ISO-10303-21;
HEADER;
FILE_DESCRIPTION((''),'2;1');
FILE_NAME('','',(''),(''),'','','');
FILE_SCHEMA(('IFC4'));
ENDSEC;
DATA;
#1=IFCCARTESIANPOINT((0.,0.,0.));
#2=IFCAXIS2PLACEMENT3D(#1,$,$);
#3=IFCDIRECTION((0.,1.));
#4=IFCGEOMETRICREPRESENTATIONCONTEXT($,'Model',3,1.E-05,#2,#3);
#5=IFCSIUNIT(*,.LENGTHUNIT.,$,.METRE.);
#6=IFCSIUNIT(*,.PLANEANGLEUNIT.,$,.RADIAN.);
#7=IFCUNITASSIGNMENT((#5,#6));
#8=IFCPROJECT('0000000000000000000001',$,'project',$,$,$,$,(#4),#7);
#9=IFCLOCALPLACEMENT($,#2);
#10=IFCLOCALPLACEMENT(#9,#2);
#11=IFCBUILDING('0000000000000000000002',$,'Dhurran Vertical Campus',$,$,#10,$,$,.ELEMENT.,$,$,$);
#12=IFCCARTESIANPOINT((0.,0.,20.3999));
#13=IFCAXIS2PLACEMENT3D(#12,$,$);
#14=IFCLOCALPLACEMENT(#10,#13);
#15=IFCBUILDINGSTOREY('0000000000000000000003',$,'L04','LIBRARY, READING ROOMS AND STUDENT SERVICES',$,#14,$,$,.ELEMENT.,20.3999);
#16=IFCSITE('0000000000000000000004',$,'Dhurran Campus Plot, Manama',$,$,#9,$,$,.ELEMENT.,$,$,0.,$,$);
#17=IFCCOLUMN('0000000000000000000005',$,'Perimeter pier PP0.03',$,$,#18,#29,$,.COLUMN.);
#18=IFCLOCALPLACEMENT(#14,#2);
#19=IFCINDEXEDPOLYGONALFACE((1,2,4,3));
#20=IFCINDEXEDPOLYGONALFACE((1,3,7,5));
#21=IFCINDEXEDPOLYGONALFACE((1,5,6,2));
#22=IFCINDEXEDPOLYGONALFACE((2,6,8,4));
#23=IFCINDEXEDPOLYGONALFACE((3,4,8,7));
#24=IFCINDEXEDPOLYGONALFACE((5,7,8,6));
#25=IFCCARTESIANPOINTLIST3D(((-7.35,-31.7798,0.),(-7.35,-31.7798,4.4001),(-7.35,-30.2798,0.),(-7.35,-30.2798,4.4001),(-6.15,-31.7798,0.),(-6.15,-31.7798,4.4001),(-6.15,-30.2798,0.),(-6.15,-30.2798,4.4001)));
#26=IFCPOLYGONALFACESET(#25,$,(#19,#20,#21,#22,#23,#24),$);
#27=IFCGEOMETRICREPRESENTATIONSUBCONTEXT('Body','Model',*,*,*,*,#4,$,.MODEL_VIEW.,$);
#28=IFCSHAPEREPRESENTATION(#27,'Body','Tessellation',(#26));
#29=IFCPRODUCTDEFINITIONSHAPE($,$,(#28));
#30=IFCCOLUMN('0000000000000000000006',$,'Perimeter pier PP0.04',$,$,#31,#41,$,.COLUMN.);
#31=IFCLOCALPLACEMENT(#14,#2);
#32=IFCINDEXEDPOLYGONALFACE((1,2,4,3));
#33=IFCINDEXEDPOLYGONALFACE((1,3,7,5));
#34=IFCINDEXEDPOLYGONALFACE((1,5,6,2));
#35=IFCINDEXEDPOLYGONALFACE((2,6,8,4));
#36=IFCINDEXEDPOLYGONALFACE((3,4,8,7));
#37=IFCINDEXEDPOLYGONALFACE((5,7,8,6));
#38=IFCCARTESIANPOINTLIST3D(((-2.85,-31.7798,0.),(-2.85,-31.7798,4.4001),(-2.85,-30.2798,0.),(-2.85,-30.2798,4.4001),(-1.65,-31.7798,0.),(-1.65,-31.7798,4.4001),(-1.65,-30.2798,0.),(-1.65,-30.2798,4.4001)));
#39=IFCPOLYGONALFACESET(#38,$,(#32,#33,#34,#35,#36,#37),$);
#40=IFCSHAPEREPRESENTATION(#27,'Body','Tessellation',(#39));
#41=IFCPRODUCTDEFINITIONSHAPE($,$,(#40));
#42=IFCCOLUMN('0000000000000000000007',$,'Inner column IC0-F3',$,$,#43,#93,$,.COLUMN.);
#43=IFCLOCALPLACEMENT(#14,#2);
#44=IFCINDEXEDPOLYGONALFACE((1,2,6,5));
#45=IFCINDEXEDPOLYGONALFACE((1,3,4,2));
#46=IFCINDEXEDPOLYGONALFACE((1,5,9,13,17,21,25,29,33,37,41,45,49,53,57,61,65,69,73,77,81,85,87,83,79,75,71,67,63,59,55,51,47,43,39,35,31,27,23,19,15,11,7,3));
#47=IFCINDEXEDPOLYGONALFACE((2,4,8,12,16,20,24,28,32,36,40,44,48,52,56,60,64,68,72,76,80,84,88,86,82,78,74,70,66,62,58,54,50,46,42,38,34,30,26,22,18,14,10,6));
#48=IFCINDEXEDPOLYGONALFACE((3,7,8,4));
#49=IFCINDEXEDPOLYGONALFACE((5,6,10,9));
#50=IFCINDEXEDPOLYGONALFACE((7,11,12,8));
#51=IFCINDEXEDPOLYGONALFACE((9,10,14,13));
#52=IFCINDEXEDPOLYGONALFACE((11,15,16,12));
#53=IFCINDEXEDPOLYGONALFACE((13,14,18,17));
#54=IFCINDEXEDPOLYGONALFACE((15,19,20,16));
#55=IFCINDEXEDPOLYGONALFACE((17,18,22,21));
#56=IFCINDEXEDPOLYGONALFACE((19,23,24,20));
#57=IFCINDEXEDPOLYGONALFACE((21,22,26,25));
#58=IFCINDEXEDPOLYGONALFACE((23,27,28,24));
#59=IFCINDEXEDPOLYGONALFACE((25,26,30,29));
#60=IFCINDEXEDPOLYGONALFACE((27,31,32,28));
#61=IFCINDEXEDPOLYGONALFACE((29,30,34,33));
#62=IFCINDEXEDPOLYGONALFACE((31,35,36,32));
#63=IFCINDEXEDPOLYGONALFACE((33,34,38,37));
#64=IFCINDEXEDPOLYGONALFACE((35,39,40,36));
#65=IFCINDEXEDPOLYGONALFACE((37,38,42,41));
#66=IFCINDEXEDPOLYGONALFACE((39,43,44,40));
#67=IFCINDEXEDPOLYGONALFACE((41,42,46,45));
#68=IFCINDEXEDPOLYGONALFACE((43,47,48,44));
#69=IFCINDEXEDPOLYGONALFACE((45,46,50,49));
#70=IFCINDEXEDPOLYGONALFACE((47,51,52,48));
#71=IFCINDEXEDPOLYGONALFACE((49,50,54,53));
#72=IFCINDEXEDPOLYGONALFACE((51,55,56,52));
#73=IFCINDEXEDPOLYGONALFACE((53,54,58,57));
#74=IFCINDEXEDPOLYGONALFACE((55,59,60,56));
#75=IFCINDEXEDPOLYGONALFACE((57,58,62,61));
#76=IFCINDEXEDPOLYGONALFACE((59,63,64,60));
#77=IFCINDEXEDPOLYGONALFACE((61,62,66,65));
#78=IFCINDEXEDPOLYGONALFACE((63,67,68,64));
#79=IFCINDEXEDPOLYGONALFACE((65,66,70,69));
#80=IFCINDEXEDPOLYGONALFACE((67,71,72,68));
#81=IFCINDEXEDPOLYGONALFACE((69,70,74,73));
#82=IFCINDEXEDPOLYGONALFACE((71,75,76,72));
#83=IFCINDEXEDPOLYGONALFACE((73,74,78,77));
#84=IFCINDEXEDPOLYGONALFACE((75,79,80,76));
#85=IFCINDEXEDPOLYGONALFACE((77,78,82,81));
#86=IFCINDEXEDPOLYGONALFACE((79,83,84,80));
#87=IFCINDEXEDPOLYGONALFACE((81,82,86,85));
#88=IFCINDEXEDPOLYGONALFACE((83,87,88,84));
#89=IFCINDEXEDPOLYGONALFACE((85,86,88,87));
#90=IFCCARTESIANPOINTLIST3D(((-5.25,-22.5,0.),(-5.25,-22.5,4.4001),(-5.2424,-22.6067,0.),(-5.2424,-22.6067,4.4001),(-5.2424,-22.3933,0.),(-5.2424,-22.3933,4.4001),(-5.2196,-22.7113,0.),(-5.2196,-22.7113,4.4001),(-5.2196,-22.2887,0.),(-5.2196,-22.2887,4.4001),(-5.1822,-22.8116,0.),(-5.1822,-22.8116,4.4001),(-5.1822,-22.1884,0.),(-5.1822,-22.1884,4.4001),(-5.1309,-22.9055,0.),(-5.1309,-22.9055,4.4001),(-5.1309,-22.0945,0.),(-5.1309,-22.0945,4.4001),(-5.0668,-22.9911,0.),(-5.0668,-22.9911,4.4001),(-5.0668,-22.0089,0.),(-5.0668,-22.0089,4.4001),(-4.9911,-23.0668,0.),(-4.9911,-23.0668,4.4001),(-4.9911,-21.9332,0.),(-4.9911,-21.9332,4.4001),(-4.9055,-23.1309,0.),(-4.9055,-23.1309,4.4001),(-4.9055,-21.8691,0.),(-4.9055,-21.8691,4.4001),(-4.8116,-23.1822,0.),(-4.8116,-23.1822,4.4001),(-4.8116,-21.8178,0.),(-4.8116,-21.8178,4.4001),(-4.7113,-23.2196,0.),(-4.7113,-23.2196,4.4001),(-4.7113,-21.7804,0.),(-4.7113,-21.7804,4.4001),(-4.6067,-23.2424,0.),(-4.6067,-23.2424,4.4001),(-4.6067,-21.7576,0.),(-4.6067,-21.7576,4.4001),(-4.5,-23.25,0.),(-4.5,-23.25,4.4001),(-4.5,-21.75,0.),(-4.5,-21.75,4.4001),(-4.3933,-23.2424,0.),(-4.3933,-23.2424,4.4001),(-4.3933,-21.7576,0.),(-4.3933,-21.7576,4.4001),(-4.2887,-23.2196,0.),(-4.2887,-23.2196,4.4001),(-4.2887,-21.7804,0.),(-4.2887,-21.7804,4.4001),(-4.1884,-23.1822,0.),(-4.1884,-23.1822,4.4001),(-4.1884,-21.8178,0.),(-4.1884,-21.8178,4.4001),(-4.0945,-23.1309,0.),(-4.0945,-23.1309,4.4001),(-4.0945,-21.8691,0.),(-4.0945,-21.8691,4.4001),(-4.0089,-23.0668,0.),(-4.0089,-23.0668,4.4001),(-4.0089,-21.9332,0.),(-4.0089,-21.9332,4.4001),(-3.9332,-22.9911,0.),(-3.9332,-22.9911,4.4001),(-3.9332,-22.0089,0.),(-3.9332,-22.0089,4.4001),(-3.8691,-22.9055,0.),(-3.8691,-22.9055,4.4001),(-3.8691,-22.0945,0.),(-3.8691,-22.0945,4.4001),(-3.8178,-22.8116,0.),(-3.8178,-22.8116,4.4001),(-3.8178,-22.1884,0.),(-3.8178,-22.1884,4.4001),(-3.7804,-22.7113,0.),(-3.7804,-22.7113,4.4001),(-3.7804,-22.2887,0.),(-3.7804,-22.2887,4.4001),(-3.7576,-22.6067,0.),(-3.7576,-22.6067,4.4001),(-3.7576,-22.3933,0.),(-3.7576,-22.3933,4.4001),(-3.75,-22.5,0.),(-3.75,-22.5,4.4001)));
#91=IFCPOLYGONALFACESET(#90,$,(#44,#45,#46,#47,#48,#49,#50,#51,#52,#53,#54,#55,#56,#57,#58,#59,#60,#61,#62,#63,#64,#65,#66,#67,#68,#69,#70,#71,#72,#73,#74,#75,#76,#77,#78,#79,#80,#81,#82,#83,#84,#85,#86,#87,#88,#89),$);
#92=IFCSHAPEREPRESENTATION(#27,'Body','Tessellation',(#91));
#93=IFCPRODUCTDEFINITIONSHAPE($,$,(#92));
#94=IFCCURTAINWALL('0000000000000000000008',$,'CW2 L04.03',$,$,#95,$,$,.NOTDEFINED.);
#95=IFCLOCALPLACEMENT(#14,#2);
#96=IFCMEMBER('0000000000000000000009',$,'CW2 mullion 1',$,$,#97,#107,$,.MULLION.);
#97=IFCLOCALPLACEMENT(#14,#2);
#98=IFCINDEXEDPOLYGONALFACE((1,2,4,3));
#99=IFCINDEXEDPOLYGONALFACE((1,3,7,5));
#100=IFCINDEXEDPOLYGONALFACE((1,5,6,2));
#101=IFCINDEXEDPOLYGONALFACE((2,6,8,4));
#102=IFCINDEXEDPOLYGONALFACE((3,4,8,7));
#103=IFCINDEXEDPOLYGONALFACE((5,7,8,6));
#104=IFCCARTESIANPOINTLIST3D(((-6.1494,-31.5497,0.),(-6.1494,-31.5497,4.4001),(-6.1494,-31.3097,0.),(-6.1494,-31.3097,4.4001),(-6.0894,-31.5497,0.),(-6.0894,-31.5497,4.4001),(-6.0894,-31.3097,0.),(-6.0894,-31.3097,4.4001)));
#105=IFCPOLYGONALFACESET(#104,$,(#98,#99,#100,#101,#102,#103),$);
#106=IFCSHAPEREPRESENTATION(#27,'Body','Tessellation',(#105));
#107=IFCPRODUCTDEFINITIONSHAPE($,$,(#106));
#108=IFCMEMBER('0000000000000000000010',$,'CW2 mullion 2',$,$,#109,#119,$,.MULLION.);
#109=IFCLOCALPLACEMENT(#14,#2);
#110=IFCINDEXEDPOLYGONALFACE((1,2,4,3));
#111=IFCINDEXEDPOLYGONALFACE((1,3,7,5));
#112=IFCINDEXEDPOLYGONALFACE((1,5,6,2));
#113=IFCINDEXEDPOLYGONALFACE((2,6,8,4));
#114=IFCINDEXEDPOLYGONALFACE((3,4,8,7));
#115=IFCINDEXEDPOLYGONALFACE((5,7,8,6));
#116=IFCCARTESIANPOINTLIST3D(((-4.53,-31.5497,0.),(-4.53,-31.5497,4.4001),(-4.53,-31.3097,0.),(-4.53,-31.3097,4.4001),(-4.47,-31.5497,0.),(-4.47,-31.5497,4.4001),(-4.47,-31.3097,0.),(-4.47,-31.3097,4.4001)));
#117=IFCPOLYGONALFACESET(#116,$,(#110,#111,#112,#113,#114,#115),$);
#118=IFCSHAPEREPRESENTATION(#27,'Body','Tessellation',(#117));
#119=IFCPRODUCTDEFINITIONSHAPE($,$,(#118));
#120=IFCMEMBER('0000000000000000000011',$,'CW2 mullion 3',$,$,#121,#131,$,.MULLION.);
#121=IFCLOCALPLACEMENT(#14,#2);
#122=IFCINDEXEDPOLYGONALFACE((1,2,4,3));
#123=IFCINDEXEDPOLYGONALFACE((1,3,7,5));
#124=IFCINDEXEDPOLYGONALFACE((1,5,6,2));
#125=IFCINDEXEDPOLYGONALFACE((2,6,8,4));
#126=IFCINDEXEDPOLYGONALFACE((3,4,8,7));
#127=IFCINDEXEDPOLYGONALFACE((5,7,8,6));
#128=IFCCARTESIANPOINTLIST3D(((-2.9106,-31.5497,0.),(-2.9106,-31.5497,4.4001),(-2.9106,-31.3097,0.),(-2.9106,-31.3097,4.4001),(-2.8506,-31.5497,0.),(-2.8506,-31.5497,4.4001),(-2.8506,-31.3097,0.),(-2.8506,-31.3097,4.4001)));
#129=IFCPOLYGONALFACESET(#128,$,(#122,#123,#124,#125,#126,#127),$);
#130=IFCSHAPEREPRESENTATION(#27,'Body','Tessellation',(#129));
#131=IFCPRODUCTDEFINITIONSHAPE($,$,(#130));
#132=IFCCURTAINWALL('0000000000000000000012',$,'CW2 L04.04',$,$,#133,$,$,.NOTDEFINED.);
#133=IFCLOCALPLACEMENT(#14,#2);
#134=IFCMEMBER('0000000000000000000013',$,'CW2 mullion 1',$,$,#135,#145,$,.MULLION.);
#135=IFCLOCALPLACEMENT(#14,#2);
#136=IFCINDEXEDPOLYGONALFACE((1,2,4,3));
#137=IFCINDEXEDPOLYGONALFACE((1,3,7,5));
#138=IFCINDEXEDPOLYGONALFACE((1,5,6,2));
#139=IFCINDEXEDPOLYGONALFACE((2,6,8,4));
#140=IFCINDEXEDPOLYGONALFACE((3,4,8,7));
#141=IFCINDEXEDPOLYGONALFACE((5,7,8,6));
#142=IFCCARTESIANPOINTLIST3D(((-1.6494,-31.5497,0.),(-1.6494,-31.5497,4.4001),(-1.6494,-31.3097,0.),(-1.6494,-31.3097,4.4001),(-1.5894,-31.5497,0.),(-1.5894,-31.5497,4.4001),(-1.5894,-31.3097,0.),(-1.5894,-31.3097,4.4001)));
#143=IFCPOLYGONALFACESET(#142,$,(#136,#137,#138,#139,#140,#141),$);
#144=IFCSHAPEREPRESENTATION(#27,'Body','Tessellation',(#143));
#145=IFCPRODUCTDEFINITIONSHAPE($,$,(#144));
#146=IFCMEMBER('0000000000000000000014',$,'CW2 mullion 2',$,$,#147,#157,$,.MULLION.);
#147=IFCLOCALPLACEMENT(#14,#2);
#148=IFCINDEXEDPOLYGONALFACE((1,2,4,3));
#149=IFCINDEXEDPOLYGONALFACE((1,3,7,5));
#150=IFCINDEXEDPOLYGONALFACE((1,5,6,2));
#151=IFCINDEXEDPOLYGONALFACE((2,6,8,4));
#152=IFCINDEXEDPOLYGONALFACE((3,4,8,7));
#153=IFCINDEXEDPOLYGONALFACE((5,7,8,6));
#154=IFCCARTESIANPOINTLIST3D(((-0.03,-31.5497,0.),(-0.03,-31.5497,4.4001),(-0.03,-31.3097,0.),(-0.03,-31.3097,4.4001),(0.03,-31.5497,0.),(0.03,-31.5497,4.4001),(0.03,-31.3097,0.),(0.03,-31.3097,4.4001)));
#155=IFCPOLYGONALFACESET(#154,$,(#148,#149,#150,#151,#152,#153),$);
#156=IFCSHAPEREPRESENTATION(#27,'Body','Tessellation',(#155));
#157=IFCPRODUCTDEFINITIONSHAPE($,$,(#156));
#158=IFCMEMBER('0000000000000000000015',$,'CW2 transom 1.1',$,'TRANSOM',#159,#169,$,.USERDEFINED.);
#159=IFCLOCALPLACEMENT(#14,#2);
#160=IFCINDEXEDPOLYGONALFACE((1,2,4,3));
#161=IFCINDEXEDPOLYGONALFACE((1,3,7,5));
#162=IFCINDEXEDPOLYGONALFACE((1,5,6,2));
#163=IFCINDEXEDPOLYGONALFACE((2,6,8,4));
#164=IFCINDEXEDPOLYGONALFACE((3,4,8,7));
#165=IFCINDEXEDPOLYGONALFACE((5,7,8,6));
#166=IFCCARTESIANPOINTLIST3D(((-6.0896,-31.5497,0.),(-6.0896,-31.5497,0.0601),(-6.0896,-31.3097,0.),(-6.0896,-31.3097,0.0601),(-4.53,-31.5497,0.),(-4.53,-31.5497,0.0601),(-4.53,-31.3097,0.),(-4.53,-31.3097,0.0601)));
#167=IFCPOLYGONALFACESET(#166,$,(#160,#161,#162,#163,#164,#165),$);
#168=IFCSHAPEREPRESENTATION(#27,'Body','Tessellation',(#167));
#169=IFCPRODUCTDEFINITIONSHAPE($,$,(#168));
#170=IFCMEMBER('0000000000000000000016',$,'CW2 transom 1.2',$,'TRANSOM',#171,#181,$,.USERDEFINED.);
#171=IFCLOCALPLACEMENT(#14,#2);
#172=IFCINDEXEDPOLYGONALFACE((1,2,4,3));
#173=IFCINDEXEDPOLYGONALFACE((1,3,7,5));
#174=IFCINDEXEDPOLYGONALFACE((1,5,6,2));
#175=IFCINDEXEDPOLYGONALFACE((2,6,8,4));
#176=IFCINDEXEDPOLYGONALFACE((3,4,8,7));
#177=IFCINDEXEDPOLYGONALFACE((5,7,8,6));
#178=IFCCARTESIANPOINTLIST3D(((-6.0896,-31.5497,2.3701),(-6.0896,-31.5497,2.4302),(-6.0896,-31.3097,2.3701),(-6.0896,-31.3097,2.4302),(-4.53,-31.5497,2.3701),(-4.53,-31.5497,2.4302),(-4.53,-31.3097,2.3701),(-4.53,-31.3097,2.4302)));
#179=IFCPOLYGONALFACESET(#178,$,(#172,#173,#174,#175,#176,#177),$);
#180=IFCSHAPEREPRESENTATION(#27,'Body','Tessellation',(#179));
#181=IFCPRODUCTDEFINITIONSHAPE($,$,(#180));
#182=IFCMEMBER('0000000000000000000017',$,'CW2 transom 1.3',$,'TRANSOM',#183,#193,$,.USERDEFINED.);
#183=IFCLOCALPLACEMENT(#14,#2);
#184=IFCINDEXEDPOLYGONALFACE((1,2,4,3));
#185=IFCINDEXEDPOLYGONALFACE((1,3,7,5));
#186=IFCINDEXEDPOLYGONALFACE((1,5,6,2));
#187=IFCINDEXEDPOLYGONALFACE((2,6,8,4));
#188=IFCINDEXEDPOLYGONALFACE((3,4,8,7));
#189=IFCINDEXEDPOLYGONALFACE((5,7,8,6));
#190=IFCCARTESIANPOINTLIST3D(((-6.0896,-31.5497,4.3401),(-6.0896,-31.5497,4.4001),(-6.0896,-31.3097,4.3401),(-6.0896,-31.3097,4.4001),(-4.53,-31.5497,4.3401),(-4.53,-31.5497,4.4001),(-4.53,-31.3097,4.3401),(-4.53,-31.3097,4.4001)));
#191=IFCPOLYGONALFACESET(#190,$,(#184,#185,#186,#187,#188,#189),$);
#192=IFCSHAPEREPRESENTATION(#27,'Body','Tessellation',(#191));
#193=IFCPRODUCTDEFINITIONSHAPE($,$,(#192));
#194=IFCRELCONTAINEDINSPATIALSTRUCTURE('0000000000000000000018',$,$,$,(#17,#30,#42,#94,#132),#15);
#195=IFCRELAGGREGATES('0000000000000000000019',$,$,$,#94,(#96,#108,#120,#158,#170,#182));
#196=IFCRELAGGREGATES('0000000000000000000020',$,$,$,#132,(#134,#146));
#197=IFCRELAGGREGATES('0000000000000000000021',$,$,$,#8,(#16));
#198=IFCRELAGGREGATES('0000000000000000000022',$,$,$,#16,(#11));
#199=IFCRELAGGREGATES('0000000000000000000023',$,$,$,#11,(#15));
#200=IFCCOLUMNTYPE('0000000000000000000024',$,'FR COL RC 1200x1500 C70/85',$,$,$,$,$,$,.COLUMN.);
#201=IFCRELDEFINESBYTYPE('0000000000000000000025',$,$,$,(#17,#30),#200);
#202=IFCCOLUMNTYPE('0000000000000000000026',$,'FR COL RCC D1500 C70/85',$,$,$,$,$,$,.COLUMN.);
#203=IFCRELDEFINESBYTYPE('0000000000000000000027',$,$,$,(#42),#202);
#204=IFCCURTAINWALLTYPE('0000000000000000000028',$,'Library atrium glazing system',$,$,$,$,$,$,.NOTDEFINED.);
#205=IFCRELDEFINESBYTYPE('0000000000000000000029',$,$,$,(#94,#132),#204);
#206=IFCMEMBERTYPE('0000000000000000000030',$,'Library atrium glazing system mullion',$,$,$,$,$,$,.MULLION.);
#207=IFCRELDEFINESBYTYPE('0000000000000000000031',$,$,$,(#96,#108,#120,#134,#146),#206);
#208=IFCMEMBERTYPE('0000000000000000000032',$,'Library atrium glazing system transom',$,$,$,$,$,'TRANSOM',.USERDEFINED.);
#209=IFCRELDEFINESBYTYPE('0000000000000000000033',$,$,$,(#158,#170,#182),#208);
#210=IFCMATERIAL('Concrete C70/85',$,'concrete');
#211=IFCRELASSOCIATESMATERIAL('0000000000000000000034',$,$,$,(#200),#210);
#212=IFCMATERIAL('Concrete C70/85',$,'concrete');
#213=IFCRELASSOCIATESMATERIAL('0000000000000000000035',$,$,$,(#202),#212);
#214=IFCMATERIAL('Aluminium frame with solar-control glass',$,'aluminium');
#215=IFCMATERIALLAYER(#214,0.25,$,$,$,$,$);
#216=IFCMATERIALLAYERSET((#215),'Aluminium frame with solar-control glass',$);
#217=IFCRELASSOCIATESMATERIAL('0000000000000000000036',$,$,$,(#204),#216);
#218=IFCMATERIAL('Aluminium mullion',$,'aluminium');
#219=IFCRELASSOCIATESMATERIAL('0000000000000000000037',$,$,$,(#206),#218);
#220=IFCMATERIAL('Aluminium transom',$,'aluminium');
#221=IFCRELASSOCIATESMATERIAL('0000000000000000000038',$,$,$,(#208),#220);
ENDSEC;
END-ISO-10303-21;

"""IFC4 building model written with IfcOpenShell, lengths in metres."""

from ifc_helpers import new_model, si_unit, direction, frame, origin, origin_2d, place, context, subcontext, project, spatial, rectangle, circle, extrude, material, layer, layer_set, material_profile, profile_set, type_object, element, aggregate, save


model = new_model("IFC4")

# Units and contexts
model_context = context("Model", 3, precision=1e-05, world=origin(), true_north=direction((0.0, 1.0)))
body_context = subcontext(model_context, "Body", "Model", "MODEL_VIEW")
ifc_project = project(units=[si_unit("LENGTHUNIT", "METRE"), si_unit("PLANEANGLEUNIT", "RADIAN")], contexts=[model_context])

# Site, building, storey
site_placement = place(None, origin())
site = spatial("IfcSite", under=ifc_project, at=site_placement, Name="Dhurran Campus Plot, Manama", CompositionType="ELEMENT", RefElevation=0.0)
building_placement = place(site_placement, origin())
building = spatial("IfcBuilding", under=site, at=building_placement, Name="Dhurran Vertical Campus", CompositionType="ELEMENT")
storey_placement = place(building_placement, frame((0.0, 0.0, 20.3999)))
storey = spatial("IfcBuildingStorey", under=building, at=storey_placement, Name="L04", Description="LIBRARY, READING ROOMS AND STUDENT SERVICES", CompositionType="ELEMENT", Elevation=20.3999)

# Columns
ifc_material_1 = material(Name="Concrete C70/85", Category="concrete")
ifc_material_profile_1 = material_profile(ifc_material_1, rectangle(XDim=1.2, YDim=1.5, at=origin_2d()), Name="RC 1200x1500")
ifc_profile_set_1 = profile_set([ifc_material_profile_1], Name="Concrete C70/85")
column_type_1 = type_object("IfcColumnType", Name="FR COL RC 1200x1500 C70/85", PredefinedType="COLUMN", material=ifc_profile_set_1)
for number, where, z_axis, x_axis, name in (
    (1, (-6.75, -31.0298, 0.0), (0.0, 0.0, 1.0), (1.0, 0.0, 0.0), "Perimeter pier PP0.03"),
    (2, (-2.25, -31.0298, 0.0), (0.0, 0.0, 1.0), (1.0, 0.0, 0.0), "Perimeter pier PP0.04"),
):
    element("IfcColumn", number, at=place(storey_placement, frame(where, z_axis=z_axis, x_axis=x_axis)), inside=storey, type_object=column_type_1, Name=name, PredefinedType="COLUMN", context=body_context, shape_type="SweptSolid", body=[
        extrude(rectangle(XDim=1.2, YDim=1.5, at=origin_2d()), origin(), (0.0, 0.0, 1.0), 4.4001),
    ])
ifc_material_2 = material(Name="Concrete C70/85", Category="concrete")
ifc_material_profile_2 = material_profile(ifc_material_2, circle(Radius=0.75, at=origin_2d()), Name="RCC D1500")
ifc_profile_set_2 = profile_set([ifc_material_profile_2], Name="Concrete C70/85")
column_type_2 = type_object("IfcColumnType", Name="FR COL RCC D1500 C70/85", PredefinedType="COLUMN", material=ifc_profile_set_2)
column_placement = place(storey_placement, frame((-4.5, -22.5, 0.0), z_axis=(0.0, 0.0, 1.0), x_axis=(1.0, 0.0, 0.0)))
element("IfcColumn", 3, at=column_placement, inside=storey, type_object=column_type_2, Name="Inner column IC0-F3", PredefinedType="COLUMN", context=body_context, shape_type="SweptSolid", body=[
    extrude(circle(Radius=0.75, at=origin_2d()), origin(), (0.0, 0.0, 1.0), 4.4001),
])

# Curtain walls, members
ifc_material_3 = material(Name="Aluminium frame with solar-control glass", Category="aluminium")
ifc_layer_1 = layer(ifc_material_3, 0.25)
ifc_layer_set_1 = layer_set([ifc_layer_1], Name="Aluminium frame with solar-control glass")
curtain_wall_type = type_object("IfcCurtainWallType", Name="Library atrium glazing system", PredefinedType="NOTDEFINED", material=ifc_layer_set_1)
curtain_wall_1_placement = place(storey_placement, origin())
curtain_wall_1 = element("IfcCurtainWall", 4, at=curtain_wall_1_placement, inside=storey, type_object=curtain_wall_type, Name="CW2 L04.03", PredefinedType="NOTDEFINED")
ifc_material_4 = material(Name="Aluminium mullion", Category="aluminium")
ifc_material_profile_3 = material_profile(ifc_material_4, rectangle(XDim=0.24, YDim=0.0601, at=origin_2d()), Name="Library atrium glazing system mullion")
ifc_profile_set_3 = profile_set([ifc_material_profile_3], Name="Aluminium mullion")
member_type_1 = type_object("IfcMemberType", Name="Library atrium glazing system mullion", PredefinedType="MULLION", material=ifc_profile_set_3)
member_1_placement = place(storey_placement, frame((-6.1194, -31.4297, 0.0), z_axis=(0.0, 0.0, 1.0), x_axis=(0.0, 1.0, 0.0)))
member_1 = element("IfcMember", 5, at=member_1_placement, type_object=member_type_1, Name="CW2 mullion 1", PredefinedType="MULLION", context=body_context, shape_type="SweptSolid", body=[
    extrude(rectangle(XDim=0.24, YDim=0.0601, at=origin_2d()), origin(), (0.0, 0.0, 1.0), 4.4001),
])
member_2_placement = place(storey_placement, frame((-4.5, -31.4297, 0.0), z_axis=(0.0, 0.0, 1.0), x_axis=(0.0, 1.0, 0.0)))
member_2 = element("IfcMember", 6, at=member_2_placement, type_object=member_type_1, Name="CW2 mullion 2", PredefinedType="MULLION", context=body_context, shape_type="SweptSolid", body=[
    extrude(rectangle(XDim=0.24, YDim=0.0601, at=origin_2d()), origin(), (0.0, 0.0, 1.0), 4.4001),
])
member_3_placement = place(storey_placement, frame((-2.8806, -31.4297, 0.0), z_axis=(0.0, 0.0, 1.0), x_axis=(0.0, 1.0, 0.0)))
member_3 = element("IfcMember", 7, at=member_3_placement, type_object=member_type_1, Name="CW2 mullion 3", PredefinedType="MULLION", context=body_context, shape_type="SweptSolid", body=[
    extrude(rectangle(XDim=0.24, YDim=0.0601, at=origin_2d()), origin(), (0.0, 0.0, 1.0), 4.4001),
])
curtain_wall_2_placement = place(storey_placement, origin())
curtain_wall_2 = element("IfcCurtainWall", 8, at=curtain_wall_2_placement, inside=storey, type_object=curtain_wall_type, Name="CW2 L04.04", PredefinedType="NOTDEFINED")
member_4_placement = place(storey_placement, frame((-1.6194, -31.4297, 0.0), z_axis=(0.0, 0.0, 1.0), x_axis=(0.0, 1.0, 0.0)))
member_4 = element("IfcMember", 9, at=member_4_placement, type_object=member_type_1, Name="CW2 mullion 1", PredefinedType="MULLION", context=body_context, shape_type="SweptSolid", body=[
    extrude(rectangle(XDim=0.24, YDim=0.0601, at=origin_2d()), origin(), (0.0, 0.0, 1.0), 4.4001),
])
member_5_placement = place(storey_placement, frame((0.0, -31.4297, 0.0), z_axis=(0.0, 0.0, 1.0), x_axis=(0.0, 1.0, 0.0)))
member_5 = element("IfcMember", 10, at=member_5_placement, type_object=member_type_1, Name="CW2 mullion 2", PredefinedType="MULLION", context=body_context, shape_type="SweptSolid", body=[
    extrude(rectangle(XDim=0.24, YDim=0.0601, at=origin_2d()), origin(), (0.0, 0.0, 1.0), 4.4001),
])

# Members
ifc_material_5 = material(Name="Aluminium transom", Category="aluminium")
ifc_material_profile_4 = material_profile(ifc_material_5, rectangle(XDim=0.24, YDim=0.0601, at=origin_2d()), Name="Library atrium glazing system transom")
ifc_profile_set_4 = profile_set([ifc_material_profile_4], Name="Aluminium transom")
member_type_2 = type_object("IfcMemberType", Name="Library atrium glazing system transom", ElementType="TRANSOM", PredefinedType="USERDEFINED", material=ifc_profile_set_4)
member_6_placement = place(storey_placement, frame((-6.0896, -31.4297, 0.03), z_axis=(1.0, 0.0, 0.0), x_axis=(0.0, 1.0, 0.0)))
member_6 = element("IfcMember", 11, at=member_6_placement, type_object=member_type_2, Name="CW2 transom 1.1", ObjectType="TRANSOM", PredefinedType="USERDEFINED", context=body_context, shape_type="SweptSolid", body=[
    extrude(rectangle(XDim=0.24, YDim=0.0601, at=origin_2d()), origin(), (0.0, 0.0, 1.0), 1.5596),
])
member_7_placement = place(storey_placement, frame((-6.0896, -31.4297, 2.4001), z_axis=(1.0, 0.0, 0.0), x_axis=(0.0, 1.0, 0.0)))
member_7 = element("IfcMember", 12, at=member_7_placement, type_object=member_type_2, Name="CW2 transom 1.2", ObjectType="TRANSOM", PredefinedType="USERDEFINED", context=body_context, shape_type="SweptSolid", body=[
    extrude(rectangle(XDim=0.24, YDim=0.0601, at=origin_2d()), origin(), (0.0, 0.0, 1.0), 1.5596),
])
member_8_placement = place(storey_placement, frame((-6.0896, -31.4297, 4.3701), z_axis=(1.0, 0.0, 0.0), x_axis=(0.0, 1.0, 0.0)))
member_8 = element("IfcMember", 13, at=member_8_placement, type_object=member_type_2, Name="CW2 transom 1.3", ObjectType="TRANSOM", PredefinedType="USERDEFINED", context=body_context, shape_type="SweptSolid", body=[
    extrude(rectangle(XDim=0.24, YDim=0.0601, at=origin_2d()), origin(), (0.0, 0.0, 1.0), 1.5596),
])

aggregate(curtain_wall_1, [member_1, member_2, member_3, member_6, member_7, member_8])
aggregate(curtain_wall_2, [member_4, member_5])

save(model, "model.ifc")
